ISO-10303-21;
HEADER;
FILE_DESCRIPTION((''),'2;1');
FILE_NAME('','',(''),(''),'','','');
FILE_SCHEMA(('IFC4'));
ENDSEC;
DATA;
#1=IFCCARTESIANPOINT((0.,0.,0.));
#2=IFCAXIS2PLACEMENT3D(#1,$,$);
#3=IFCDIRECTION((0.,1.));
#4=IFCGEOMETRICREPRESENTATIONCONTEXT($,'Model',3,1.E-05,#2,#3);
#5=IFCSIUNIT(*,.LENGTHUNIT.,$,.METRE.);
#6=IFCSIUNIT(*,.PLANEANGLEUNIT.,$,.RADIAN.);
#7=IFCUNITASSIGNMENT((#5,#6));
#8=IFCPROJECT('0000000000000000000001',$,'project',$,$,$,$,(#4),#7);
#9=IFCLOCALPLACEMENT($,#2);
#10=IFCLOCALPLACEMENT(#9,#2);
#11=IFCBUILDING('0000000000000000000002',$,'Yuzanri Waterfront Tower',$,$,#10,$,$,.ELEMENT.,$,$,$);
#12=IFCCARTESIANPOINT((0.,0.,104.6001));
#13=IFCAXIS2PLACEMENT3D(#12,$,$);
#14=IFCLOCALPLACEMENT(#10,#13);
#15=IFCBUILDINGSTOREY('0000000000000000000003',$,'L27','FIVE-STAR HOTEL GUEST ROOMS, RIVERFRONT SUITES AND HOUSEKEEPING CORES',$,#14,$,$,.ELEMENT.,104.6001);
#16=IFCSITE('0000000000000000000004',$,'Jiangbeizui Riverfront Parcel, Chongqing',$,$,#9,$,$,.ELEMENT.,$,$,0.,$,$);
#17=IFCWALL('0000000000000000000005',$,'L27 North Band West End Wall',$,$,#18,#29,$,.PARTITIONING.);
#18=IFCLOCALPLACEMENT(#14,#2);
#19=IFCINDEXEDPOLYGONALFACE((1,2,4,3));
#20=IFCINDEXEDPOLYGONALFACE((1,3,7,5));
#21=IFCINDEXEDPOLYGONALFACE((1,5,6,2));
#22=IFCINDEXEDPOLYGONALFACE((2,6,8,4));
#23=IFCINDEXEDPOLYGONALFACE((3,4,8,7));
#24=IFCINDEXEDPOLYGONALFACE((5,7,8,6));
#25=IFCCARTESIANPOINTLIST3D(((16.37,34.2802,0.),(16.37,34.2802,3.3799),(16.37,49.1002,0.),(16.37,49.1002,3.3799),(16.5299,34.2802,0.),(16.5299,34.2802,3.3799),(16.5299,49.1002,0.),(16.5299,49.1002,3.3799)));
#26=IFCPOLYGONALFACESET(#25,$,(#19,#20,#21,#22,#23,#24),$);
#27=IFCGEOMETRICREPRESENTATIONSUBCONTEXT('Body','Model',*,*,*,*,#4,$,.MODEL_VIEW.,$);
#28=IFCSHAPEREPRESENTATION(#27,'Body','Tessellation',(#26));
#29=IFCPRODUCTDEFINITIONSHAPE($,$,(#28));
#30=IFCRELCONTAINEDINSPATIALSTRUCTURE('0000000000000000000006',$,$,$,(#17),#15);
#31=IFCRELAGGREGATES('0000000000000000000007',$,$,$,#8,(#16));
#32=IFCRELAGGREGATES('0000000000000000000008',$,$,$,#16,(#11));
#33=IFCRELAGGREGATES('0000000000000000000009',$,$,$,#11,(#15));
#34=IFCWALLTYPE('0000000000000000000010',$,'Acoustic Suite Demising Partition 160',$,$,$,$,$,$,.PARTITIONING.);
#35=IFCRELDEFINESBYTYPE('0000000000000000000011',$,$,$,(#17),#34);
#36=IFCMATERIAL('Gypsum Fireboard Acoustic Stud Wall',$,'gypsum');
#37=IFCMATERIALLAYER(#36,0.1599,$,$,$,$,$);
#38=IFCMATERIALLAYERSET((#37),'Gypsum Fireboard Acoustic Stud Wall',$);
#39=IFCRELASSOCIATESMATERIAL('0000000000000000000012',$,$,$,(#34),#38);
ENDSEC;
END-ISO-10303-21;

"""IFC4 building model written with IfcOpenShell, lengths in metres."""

from ifc_helpers import new_model, si_unit, direction, frame, frame_2d, origin, place, context, subcontext, project, spatial, rectangle, extrude, source, transform, mapped, material, layer, layer_set, type_object, element, save


model = new_model("IFC4")

# Units and contexts
model_context = context("Model", 3, precision=1e-05, world=origin(), true_north=direction((0.0, 1.0)))
body_context = subcontext(model_context, "Body", "Model", "MODEL_VIEW")
ifc_project = project(units=[si_unit("LENGTHUNIT", "METRE"), si_unit("PLANEANGLEUNIT", "RADIAN")], contexts=[model_context])

# Site, building, storey
site_placement = place(None, origin())
site = spatial("IfcSite", under=ifc_project, at=site_placement, Name="Jiangbeizui Riverfront Parcel, Chongqing", CompositionType="ELEMENT", RefElevation=0.0)
building_placement = place(site_placement, origin())
building = spatial("IfcBuilding", under=site, at=building_placement, Name="Yuzanri Waterfront Tower", CompositionType="ELEMENT")
storey_placement = place(building_placement, frame((0.0, 0.0, 104.6001)))
storey = spatial("IfcBuildingStorey", under=building, at=storey_placement, Name="L27", Description="FIVE-STAR HOTEL GUEST ROOMS, RIVERFRONT SUITES AND HOUSEKEEPING CORES", CompositionType="ELEMENT", Elevation=104.6001)

# Wall
ifc_material_1 = material(Name="Gypsum Fireboard Acoustic Stud Wall", Category="gypsum")
ifc_layer_1 = layer(ifc_material_1, 0.1599)
ifc_layer_set_1 = layer_set([ifc_layer_1], Name="Gypsum Fireboard Acoustic Stud Wall")
wall_type_1 = type_object("IfcWallType", Name="Acoustic Suite Demising Partition 160", PredefinedType="PARTITIONING", material=ifc_layer_set_1)
shared_shape_1 = source(origin(), body_context, "Body", "SweptSolid", [
    extrude(rectangle(XDim=14.8201, YDim=0.1599, at=frame_2d((7.4102, 0.0))), origin(), (0.0, 0.0, 1.0), 3.3799),
])
wall_1_placement = place(storey_placement, frame((16.45, 34.28, 0.0), z_axis=(0.0, 0.0, 1.0), x_axis=(0.0, 1.0, 0.0)))
element("IfcWall", 1, at=wall_1_placement, inside=storey, type_object=wall_type_1, Name="L27 North Band West End Wall", PredefinedType="PARTITIONING", context=body_context, shape_type="MappedRepresentation", body=[
    mapped(shared_shape_1, transform((0.0, 0.0, 0.0), scale=1.0)),
])

save(model, "model.ifc")
